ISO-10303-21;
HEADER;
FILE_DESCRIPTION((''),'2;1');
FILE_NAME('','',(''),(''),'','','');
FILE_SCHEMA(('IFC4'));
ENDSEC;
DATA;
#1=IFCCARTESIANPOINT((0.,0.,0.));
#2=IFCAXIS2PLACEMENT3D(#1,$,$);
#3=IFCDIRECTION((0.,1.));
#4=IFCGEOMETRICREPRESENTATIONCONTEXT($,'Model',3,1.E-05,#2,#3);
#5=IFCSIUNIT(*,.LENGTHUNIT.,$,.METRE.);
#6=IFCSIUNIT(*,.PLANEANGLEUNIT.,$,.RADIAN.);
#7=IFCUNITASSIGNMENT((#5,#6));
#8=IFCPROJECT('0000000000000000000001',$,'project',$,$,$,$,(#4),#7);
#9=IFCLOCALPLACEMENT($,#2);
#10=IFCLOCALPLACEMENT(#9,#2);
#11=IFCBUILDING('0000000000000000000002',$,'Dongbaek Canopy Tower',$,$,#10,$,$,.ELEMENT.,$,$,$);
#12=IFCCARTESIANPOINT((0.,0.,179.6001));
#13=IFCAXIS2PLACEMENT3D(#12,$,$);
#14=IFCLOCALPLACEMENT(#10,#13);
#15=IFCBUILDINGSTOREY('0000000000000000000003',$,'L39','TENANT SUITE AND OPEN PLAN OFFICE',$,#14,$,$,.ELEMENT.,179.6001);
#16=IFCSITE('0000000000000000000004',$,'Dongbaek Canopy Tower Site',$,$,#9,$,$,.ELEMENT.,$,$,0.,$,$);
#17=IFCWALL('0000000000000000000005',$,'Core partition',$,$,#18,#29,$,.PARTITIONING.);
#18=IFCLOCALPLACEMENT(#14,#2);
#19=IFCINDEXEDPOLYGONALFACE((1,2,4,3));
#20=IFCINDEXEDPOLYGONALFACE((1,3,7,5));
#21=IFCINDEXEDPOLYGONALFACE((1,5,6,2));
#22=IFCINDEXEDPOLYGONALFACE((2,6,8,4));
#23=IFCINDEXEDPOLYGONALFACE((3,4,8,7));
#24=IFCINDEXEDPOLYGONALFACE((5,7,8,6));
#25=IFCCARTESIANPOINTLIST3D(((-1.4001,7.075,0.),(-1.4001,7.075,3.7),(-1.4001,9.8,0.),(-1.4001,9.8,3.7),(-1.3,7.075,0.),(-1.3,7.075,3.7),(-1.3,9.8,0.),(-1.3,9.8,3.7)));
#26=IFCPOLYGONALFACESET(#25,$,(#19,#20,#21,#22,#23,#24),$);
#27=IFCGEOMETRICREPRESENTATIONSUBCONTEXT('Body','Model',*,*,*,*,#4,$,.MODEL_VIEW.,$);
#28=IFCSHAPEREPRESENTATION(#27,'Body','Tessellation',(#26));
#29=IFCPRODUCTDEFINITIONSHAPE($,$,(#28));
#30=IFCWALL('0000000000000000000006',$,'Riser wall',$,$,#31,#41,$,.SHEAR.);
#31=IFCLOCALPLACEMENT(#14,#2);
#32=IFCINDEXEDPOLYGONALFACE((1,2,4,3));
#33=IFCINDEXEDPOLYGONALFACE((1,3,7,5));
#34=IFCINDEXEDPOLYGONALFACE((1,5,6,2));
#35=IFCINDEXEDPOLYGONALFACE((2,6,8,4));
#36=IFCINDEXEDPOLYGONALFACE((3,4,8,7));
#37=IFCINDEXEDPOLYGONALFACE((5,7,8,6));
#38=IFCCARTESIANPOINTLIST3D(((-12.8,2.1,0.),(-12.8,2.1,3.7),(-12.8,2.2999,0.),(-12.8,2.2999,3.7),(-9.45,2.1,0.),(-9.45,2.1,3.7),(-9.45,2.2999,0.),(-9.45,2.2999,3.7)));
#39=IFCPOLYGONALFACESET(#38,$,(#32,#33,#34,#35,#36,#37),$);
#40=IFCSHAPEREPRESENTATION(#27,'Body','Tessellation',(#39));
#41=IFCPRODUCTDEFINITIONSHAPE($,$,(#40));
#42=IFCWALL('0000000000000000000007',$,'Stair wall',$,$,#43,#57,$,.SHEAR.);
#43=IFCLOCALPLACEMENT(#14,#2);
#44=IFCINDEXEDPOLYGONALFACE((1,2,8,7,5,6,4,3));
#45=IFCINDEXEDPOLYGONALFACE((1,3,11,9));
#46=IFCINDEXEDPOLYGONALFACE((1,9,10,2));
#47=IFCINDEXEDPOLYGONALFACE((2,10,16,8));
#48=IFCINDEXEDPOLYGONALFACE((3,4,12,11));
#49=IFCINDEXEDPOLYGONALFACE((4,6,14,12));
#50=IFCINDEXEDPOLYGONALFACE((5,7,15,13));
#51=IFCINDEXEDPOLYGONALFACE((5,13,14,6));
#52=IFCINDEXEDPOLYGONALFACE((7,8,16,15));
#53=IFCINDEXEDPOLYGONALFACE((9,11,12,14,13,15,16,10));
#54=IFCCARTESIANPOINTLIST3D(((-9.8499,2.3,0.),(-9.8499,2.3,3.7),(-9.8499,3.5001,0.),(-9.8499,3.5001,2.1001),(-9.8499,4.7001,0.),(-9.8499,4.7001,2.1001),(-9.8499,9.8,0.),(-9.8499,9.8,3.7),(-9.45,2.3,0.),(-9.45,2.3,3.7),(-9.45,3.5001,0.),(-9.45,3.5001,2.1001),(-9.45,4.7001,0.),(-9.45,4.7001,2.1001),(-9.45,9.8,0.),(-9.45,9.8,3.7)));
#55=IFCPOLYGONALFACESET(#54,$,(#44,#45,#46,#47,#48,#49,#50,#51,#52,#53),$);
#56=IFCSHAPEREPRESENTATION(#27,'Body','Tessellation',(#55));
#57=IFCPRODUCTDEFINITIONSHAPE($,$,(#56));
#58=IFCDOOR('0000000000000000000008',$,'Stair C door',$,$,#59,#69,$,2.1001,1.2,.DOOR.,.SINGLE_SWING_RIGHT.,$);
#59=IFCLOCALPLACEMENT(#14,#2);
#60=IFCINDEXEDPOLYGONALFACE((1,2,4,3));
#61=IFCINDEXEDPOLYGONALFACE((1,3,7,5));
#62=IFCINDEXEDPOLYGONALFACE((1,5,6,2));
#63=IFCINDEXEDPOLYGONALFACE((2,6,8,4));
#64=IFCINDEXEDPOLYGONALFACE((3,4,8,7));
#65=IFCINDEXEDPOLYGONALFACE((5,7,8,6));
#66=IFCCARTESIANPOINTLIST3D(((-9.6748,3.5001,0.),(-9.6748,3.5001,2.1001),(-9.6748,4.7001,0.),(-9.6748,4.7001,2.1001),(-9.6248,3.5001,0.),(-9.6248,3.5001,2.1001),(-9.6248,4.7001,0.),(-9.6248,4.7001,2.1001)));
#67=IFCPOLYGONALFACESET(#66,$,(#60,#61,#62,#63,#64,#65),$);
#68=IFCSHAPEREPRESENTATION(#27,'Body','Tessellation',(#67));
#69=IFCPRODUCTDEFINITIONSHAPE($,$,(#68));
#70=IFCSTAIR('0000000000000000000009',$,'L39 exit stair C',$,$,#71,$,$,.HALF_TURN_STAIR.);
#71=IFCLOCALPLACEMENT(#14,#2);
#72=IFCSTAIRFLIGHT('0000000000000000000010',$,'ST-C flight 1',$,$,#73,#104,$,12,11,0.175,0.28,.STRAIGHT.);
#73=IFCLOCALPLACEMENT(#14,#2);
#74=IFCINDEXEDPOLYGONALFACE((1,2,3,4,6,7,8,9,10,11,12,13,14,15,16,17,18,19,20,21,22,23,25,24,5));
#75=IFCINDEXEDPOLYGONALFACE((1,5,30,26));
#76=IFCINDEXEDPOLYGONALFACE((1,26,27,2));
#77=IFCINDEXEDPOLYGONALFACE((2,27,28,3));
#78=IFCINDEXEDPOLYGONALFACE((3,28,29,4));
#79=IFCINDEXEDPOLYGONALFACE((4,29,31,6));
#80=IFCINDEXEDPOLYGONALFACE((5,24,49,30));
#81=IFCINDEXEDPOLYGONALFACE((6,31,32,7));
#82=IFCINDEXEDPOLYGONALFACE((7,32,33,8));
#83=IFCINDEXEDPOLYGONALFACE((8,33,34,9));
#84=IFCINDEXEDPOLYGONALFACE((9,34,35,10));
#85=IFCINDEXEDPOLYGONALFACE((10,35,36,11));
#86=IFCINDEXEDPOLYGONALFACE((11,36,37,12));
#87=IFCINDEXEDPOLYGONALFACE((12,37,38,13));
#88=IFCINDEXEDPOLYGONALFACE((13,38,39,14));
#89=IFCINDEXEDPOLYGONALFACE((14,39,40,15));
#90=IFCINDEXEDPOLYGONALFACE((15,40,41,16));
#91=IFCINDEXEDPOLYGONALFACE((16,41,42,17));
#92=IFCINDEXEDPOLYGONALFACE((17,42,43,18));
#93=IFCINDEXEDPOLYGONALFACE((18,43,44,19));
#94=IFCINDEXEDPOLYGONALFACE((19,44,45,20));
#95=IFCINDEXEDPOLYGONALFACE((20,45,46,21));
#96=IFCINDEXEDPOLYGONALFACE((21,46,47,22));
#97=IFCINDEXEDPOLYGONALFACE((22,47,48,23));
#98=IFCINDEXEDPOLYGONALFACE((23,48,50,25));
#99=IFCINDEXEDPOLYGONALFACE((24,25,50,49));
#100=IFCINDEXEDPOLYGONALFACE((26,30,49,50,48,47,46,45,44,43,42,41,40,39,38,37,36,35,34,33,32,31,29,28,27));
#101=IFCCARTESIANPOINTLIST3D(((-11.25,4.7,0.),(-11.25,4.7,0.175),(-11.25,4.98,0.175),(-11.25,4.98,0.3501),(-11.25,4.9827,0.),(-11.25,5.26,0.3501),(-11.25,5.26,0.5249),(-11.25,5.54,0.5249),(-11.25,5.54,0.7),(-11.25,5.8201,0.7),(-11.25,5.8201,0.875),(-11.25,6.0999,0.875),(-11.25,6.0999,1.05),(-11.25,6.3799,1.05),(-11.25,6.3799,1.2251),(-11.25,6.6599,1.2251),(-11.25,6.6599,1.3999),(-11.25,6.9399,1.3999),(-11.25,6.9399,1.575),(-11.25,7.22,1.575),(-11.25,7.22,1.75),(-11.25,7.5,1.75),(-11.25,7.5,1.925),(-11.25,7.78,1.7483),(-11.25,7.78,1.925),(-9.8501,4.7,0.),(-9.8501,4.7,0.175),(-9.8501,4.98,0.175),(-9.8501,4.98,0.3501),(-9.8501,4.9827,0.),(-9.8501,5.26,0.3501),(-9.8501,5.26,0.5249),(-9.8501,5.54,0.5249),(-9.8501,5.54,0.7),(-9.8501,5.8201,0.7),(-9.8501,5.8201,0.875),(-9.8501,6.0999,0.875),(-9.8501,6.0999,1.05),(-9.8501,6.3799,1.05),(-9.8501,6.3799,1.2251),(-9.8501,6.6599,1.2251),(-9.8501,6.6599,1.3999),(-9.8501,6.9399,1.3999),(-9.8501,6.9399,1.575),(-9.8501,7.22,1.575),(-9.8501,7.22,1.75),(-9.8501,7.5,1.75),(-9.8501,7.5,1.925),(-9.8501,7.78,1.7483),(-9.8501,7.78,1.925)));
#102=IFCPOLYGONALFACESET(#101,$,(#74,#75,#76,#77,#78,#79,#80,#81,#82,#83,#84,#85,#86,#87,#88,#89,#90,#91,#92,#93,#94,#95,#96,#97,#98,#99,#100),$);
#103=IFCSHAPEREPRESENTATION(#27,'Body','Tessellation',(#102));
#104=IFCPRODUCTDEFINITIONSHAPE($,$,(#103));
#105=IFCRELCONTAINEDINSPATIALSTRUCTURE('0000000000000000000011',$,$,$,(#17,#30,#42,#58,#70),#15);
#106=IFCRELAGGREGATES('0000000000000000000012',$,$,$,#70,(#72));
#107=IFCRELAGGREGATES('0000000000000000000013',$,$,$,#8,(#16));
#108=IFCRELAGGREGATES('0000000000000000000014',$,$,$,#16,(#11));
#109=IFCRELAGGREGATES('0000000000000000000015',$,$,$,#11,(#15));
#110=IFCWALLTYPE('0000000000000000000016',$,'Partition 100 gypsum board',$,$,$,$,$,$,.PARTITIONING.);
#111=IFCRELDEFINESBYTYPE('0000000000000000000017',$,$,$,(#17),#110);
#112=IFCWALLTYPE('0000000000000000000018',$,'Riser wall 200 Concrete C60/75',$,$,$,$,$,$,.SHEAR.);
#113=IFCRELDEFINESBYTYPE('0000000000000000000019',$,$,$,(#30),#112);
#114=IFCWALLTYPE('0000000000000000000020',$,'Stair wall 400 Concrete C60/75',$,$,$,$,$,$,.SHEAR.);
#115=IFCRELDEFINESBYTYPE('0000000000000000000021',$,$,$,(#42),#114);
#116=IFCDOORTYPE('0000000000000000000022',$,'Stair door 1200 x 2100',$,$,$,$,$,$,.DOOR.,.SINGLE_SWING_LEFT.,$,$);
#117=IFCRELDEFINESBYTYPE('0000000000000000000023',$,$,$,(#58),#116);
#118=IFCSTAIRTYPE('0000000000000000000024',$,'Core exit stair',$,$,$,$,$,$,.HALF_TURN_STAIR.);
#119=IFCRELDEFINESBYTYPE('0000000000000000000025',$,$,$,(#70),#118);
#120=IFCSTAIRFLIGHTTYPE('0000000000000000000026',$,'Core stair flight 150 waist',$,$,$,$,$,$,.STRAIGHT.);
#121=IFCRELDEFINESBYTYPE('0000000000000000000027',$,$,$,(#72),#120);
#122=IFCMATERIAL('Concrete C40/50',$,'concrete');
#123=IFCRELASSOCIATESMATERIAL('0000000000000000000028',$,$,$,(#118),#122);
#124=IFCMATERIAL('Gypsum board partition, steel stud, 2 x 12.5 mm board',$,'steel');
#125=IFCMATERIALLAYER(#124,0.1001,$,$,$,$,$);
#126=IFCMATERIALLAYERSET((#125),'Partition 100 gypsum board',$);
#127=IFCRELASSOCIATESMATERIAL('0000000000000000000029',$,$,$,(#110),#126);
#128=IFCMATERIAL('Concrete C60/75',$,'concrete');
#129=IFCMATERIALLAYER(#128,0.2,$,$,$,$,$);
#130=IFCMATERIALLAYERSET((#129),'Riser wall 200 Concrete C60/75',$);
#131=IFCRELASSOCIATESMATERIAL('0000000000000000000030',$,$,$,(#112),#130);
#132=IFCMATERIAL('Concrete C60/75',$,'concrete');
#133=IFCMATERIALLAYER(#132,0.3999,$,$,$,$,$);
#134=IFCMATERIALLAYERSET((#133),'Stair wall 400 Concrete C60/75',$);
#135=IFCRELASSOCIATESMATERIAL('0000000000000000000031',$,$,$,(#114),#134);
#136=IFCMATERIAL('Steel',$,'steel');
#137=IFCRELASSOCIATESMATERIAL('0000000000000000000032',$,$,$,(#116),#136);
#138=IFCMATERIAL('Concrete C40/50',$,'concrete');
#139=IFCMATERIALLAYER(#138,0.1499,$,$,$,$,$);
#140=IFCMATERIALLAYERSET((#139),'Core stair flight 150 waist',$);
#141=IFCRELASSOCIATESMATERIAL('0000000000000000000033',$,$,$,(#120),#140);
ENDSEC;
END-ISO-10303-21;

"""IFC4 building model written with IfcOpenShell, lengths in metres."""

from ifc_helpers import new_model, si_unit, direction, frame, frame_2d, origin, place, context, subcontext, project, spatial, polyline, rectangle, outline, extrude, material, layer, layer_set, type_object, element, fill, aggregate, save


model = new_model("IFC4")

# Units and contexts
model_context = context("Model", 3, precision=1e-05, world=origin(), true_north=direction((0.0, 1.0)))
body_context = subcontext(model_context, "Body", "Model", "MODEL_VIEW")
ifc_project = project(units=[si_unit("LENGTHUNIT", "METRE"), si_unit("PLANEANGLEUNIT", "RADIAN")], contexts=[model_context])

# Site, building, storey
site_placement = place(None, origin())
site = spatial("IfcSite", under=ifc_project, at=site_placement, Name="Dongbaek Canopy Tower Site", CompositionType="ELEMENT", RefElevation=0.0)
building_placement = place(site_placement, origin())
building = spatial("IfcBuilding", under=site, at=building_placement, Name="Dongbaek Canopy Tower", CompositionType="ELEMENT")
storey_placement = place(building_placement, frame((0.0, 0.0, 179.6001)))
storey = spatial("IfcBuildingStorey", under=building, at=storey_placement, Name="L39", Description="TENANT SUITE AND OPEN PLAN OFFICE", CompositionType="ELEMENT", Elevation=179.6001)

# Shared definitions
ifc_material_1 = material(Name="Concrete C40/50", Category="concrete")
stair_type = type_object("IfcStairType", Name="Core exit stair", PredefinedType="HALF_TURN_STAIR", material=ifc_material_1)

# Walls
ifc_material_2 = material(Name="Gypsum board partition, steel stud, 2 x 12.5 mm board", Category="steel")
ifc_layer_1 = layer(ifc_material_2, 0.1001)
ifc_layer_set_1 = layer_set([ifc_layer_1], Name="Partition 100 gypsum board")
wall_type_1 = type_object("IfcWallType", Name="Partition 100 gypsum board", PredefinedType="PARTITIONING", material=ifc_layer_set_1)
for number, where, z_axis, x_axis, name in (
    (1, (-1.3501, 7.075, 0.0), (0.0, 0.0, 1.0), (0.0, 1.0, 0.0), "Core partition"),
):
    element("IfcWall", number, at=place(storey_placement, frame(where, z_axis=z_axis, x_axis=x_axis)), inside=storey, type_object=wall_type_1, Name=name, PredefinedType="PARTITIONING", context=body_context, shape_type="SweptSolid", body=[
        extrude(rectangle(XDim=2.7251, YDim=0.1001, at=frame_2d((1.3625, 0.0))), origin(), (0.0, 0.0, 1.0), 3.7),
    ])
ifc_material_3 = material(Name="Concrete C60/75", Category="concrete")
ifc_layer_2 = layer(ifc_material_3, 0.2)
ifc_layer_set_2 = layer_set([ifc_layer_2], Name="Riser wall 200 Concrete C60/75")
wall_type_2 = type_object("IfcWallType", Name="Riser wall 200 Concrete C60/75", PredefinedType="SHEAR", material=ifc_layer_set_2)
wall_1_placement = place(storey_placement, frame((-9.45, 2.2, 0.0), z_axis=(0.0, 0.0, 1.0), x_axis=(-1.0, 0.0, 0.0)))
element("IfcWall", 2, at=wall_1_placement, inside=storey, type_object=wall_type_2, Name="Riser wall", PredefinedType="SHEAR", context=body_context, shape_type="SweptSolid", body=[
    extrude(rectangle(XDim=3.3501, YDim=0.2, at=frame_2d((1.675, 0.0))), origin(), (0.0, 0.0, 1.0), 3.7),
])

# Wall, opening, door
ifc_material_4 = material(Name="Concrete C60/75", Category="concrete")
ifc_layer_3 = layer(ifc_material_4, 0.3999)
ifc_layer_set_3 = layer_set([ifc_layer_3], Name="Stair wall 400 Concrete C60/75")
wall_type_3 = type_object("IfcWallType", Name="Stair wall 400 Concrete C60/75", PredefinedType="SHEAR", material=ifc_layer_set_3)
wall_2_placement = place(storey_placement, frame((-9.6499, 2.3, 0.0), z_axis=(0.0, 0.0, 1.0), x_axis=(0.0, 1.0, 0.0)))
wall_2 = element("IfcWall", 3, at=wall_2_placement, inside=storey, type_object=wall_type_3, Name="Stair wall", PredefinedType="SHEAR", context=body_context, shape_type="SweptSolid", body=[
    extrude(rectangle(XDim=7.5, YDim=0.3999, at=frame_2d((3.75, 0.0))), origin(), (0.0, 0.0, 1.0), 3.7),
])
opening_1_placement = place(wall_2_placement, frame((1.2, 0.0, 0.0)))
opening_1 = element("IfcOpeningElement", 4, at=opening_1_placement, cuts=wall_2, PredefinedType="OPENING", context=body_context, shape_type="SweptSolid", body=[
    extrude(rectangle(XDim=1.2, YDim=2.1001, at=frame_2d((0.6001, 1.05))), frame((0.0, 0.21, 0.0), z_axis=(0.0, -1.0, 0.0), x_axis=(1.0, 0.0, 0.0)), (0.0, 0.0, 1.0), 0.4199),
])
ifc_material_5 = material(Name="Steel", Category="steel")
door_type_1 = type_object("IfcDoorType", Name="Stair door 1200 x 2100", OperationType="SINGLE_SWING_LEFT", PredefinedType="DOOR", material=ifc_material_5)
door_1_placement = place(opening_1_placement, origin())
door_1 = element("IfcDoor", 5, at=door_1_placement, inside=storey, type_object=door_type_1, Name="Stair C door", OperationType="SINGLE_SWING_RIGHT", OverallHeight=2.1001, OverallWidth=1.2, PredefinedType="DOOR", context=body_context, shape_type="SweptSolid", body=[
    extrude(rectangle(XDim=1.2, YDim=2.1001, at=frame_2d((0.6001, 1.05))), frame((0.0, 0.0249, 0.0), z_axis=(0.0, -1.0, 0.0), x_axis=(1.0, 0.0, 0.0)), (0.0, 0.0, 1.0), 0.05),
])
fill(opening_1, door_1)

# Stair, stair flight
stair_1_placement = place(storey_placement, origin())
stair_1 = element("IfcStair", 6, at=stair_1_placement, inside=storey, type_object=stair_type, Name="L39 exit stair C", PredefinedType="HALF_TURN_STAIR")
ifc_material_6 = material(Name="Concrete C40/50", Category="concrete")
ifc_layer_4 = layer(ifc_material_6, 0.1499)
ifc_layer_set_4 = layer_set([ifc_layer_4], Name="Core stair flight 150 waist")
stair_flight_type = type_object("IfcStairFlightType", Name="Core stair flight 150 waist", PredefinedType="STRAIGHT", material=ifc_layer_set_4)
stair_flight_placement = place(storey_placement, frame((-10.55, 4.7, 0.0), z_axis=(0.0, 0.0, 1.0), x_axis=(0.0, 1.0, 0.0)))
stair_flight = element("IfcStairFlight", 7, at=stair_flight_placement, type_object=stair_flight_type, Name="ST-C flight 1", NumberOfRisers=12, NumberOfTreads=11, PredefinedType="STRAIGHT", RiserHeight=0.175, TreadLength=0.28, context=body_context, shape_type="SweptSolid", body=[
    extrude(outline(polyline([(0.0, 0.0), (0.0, 0.175), (0.28, 0.175), (0.28, 0.3501), (0.5601, 0.3501), (0.5601, 0.5249), (0.8401, 0.5249), (0.8401, 0.7), (1.1201, 0.7), (1.1201, 0.875), (1.3999, 0.875), (1.3999, 1.05), (1.6799, 1.05), (1.6799, 1.2251), (1.96, 1.2251), (1.96, 1.3999), (2.24, 1.3999), (2.24, 1.575), (2.52, 1.575), (2.52, 1.75), (2.8, 1.75), (2.8, 1.925), (3.0801, 1.925), (3.0801, 2.1001), (3.0801, 1.7483), (0.2827, 0.0), (0.0, 0.0)])), frame((0.0, 0.7, 0.0), z_axis=(0.0, -1.0, 0.0), x_axis=(1.0, 0.0, 0.0)), (0.0, 0.0, 1.0), 1.3999),
])
aggregate(stair_1, [stair_flight])

save(model, "model.ifc")
